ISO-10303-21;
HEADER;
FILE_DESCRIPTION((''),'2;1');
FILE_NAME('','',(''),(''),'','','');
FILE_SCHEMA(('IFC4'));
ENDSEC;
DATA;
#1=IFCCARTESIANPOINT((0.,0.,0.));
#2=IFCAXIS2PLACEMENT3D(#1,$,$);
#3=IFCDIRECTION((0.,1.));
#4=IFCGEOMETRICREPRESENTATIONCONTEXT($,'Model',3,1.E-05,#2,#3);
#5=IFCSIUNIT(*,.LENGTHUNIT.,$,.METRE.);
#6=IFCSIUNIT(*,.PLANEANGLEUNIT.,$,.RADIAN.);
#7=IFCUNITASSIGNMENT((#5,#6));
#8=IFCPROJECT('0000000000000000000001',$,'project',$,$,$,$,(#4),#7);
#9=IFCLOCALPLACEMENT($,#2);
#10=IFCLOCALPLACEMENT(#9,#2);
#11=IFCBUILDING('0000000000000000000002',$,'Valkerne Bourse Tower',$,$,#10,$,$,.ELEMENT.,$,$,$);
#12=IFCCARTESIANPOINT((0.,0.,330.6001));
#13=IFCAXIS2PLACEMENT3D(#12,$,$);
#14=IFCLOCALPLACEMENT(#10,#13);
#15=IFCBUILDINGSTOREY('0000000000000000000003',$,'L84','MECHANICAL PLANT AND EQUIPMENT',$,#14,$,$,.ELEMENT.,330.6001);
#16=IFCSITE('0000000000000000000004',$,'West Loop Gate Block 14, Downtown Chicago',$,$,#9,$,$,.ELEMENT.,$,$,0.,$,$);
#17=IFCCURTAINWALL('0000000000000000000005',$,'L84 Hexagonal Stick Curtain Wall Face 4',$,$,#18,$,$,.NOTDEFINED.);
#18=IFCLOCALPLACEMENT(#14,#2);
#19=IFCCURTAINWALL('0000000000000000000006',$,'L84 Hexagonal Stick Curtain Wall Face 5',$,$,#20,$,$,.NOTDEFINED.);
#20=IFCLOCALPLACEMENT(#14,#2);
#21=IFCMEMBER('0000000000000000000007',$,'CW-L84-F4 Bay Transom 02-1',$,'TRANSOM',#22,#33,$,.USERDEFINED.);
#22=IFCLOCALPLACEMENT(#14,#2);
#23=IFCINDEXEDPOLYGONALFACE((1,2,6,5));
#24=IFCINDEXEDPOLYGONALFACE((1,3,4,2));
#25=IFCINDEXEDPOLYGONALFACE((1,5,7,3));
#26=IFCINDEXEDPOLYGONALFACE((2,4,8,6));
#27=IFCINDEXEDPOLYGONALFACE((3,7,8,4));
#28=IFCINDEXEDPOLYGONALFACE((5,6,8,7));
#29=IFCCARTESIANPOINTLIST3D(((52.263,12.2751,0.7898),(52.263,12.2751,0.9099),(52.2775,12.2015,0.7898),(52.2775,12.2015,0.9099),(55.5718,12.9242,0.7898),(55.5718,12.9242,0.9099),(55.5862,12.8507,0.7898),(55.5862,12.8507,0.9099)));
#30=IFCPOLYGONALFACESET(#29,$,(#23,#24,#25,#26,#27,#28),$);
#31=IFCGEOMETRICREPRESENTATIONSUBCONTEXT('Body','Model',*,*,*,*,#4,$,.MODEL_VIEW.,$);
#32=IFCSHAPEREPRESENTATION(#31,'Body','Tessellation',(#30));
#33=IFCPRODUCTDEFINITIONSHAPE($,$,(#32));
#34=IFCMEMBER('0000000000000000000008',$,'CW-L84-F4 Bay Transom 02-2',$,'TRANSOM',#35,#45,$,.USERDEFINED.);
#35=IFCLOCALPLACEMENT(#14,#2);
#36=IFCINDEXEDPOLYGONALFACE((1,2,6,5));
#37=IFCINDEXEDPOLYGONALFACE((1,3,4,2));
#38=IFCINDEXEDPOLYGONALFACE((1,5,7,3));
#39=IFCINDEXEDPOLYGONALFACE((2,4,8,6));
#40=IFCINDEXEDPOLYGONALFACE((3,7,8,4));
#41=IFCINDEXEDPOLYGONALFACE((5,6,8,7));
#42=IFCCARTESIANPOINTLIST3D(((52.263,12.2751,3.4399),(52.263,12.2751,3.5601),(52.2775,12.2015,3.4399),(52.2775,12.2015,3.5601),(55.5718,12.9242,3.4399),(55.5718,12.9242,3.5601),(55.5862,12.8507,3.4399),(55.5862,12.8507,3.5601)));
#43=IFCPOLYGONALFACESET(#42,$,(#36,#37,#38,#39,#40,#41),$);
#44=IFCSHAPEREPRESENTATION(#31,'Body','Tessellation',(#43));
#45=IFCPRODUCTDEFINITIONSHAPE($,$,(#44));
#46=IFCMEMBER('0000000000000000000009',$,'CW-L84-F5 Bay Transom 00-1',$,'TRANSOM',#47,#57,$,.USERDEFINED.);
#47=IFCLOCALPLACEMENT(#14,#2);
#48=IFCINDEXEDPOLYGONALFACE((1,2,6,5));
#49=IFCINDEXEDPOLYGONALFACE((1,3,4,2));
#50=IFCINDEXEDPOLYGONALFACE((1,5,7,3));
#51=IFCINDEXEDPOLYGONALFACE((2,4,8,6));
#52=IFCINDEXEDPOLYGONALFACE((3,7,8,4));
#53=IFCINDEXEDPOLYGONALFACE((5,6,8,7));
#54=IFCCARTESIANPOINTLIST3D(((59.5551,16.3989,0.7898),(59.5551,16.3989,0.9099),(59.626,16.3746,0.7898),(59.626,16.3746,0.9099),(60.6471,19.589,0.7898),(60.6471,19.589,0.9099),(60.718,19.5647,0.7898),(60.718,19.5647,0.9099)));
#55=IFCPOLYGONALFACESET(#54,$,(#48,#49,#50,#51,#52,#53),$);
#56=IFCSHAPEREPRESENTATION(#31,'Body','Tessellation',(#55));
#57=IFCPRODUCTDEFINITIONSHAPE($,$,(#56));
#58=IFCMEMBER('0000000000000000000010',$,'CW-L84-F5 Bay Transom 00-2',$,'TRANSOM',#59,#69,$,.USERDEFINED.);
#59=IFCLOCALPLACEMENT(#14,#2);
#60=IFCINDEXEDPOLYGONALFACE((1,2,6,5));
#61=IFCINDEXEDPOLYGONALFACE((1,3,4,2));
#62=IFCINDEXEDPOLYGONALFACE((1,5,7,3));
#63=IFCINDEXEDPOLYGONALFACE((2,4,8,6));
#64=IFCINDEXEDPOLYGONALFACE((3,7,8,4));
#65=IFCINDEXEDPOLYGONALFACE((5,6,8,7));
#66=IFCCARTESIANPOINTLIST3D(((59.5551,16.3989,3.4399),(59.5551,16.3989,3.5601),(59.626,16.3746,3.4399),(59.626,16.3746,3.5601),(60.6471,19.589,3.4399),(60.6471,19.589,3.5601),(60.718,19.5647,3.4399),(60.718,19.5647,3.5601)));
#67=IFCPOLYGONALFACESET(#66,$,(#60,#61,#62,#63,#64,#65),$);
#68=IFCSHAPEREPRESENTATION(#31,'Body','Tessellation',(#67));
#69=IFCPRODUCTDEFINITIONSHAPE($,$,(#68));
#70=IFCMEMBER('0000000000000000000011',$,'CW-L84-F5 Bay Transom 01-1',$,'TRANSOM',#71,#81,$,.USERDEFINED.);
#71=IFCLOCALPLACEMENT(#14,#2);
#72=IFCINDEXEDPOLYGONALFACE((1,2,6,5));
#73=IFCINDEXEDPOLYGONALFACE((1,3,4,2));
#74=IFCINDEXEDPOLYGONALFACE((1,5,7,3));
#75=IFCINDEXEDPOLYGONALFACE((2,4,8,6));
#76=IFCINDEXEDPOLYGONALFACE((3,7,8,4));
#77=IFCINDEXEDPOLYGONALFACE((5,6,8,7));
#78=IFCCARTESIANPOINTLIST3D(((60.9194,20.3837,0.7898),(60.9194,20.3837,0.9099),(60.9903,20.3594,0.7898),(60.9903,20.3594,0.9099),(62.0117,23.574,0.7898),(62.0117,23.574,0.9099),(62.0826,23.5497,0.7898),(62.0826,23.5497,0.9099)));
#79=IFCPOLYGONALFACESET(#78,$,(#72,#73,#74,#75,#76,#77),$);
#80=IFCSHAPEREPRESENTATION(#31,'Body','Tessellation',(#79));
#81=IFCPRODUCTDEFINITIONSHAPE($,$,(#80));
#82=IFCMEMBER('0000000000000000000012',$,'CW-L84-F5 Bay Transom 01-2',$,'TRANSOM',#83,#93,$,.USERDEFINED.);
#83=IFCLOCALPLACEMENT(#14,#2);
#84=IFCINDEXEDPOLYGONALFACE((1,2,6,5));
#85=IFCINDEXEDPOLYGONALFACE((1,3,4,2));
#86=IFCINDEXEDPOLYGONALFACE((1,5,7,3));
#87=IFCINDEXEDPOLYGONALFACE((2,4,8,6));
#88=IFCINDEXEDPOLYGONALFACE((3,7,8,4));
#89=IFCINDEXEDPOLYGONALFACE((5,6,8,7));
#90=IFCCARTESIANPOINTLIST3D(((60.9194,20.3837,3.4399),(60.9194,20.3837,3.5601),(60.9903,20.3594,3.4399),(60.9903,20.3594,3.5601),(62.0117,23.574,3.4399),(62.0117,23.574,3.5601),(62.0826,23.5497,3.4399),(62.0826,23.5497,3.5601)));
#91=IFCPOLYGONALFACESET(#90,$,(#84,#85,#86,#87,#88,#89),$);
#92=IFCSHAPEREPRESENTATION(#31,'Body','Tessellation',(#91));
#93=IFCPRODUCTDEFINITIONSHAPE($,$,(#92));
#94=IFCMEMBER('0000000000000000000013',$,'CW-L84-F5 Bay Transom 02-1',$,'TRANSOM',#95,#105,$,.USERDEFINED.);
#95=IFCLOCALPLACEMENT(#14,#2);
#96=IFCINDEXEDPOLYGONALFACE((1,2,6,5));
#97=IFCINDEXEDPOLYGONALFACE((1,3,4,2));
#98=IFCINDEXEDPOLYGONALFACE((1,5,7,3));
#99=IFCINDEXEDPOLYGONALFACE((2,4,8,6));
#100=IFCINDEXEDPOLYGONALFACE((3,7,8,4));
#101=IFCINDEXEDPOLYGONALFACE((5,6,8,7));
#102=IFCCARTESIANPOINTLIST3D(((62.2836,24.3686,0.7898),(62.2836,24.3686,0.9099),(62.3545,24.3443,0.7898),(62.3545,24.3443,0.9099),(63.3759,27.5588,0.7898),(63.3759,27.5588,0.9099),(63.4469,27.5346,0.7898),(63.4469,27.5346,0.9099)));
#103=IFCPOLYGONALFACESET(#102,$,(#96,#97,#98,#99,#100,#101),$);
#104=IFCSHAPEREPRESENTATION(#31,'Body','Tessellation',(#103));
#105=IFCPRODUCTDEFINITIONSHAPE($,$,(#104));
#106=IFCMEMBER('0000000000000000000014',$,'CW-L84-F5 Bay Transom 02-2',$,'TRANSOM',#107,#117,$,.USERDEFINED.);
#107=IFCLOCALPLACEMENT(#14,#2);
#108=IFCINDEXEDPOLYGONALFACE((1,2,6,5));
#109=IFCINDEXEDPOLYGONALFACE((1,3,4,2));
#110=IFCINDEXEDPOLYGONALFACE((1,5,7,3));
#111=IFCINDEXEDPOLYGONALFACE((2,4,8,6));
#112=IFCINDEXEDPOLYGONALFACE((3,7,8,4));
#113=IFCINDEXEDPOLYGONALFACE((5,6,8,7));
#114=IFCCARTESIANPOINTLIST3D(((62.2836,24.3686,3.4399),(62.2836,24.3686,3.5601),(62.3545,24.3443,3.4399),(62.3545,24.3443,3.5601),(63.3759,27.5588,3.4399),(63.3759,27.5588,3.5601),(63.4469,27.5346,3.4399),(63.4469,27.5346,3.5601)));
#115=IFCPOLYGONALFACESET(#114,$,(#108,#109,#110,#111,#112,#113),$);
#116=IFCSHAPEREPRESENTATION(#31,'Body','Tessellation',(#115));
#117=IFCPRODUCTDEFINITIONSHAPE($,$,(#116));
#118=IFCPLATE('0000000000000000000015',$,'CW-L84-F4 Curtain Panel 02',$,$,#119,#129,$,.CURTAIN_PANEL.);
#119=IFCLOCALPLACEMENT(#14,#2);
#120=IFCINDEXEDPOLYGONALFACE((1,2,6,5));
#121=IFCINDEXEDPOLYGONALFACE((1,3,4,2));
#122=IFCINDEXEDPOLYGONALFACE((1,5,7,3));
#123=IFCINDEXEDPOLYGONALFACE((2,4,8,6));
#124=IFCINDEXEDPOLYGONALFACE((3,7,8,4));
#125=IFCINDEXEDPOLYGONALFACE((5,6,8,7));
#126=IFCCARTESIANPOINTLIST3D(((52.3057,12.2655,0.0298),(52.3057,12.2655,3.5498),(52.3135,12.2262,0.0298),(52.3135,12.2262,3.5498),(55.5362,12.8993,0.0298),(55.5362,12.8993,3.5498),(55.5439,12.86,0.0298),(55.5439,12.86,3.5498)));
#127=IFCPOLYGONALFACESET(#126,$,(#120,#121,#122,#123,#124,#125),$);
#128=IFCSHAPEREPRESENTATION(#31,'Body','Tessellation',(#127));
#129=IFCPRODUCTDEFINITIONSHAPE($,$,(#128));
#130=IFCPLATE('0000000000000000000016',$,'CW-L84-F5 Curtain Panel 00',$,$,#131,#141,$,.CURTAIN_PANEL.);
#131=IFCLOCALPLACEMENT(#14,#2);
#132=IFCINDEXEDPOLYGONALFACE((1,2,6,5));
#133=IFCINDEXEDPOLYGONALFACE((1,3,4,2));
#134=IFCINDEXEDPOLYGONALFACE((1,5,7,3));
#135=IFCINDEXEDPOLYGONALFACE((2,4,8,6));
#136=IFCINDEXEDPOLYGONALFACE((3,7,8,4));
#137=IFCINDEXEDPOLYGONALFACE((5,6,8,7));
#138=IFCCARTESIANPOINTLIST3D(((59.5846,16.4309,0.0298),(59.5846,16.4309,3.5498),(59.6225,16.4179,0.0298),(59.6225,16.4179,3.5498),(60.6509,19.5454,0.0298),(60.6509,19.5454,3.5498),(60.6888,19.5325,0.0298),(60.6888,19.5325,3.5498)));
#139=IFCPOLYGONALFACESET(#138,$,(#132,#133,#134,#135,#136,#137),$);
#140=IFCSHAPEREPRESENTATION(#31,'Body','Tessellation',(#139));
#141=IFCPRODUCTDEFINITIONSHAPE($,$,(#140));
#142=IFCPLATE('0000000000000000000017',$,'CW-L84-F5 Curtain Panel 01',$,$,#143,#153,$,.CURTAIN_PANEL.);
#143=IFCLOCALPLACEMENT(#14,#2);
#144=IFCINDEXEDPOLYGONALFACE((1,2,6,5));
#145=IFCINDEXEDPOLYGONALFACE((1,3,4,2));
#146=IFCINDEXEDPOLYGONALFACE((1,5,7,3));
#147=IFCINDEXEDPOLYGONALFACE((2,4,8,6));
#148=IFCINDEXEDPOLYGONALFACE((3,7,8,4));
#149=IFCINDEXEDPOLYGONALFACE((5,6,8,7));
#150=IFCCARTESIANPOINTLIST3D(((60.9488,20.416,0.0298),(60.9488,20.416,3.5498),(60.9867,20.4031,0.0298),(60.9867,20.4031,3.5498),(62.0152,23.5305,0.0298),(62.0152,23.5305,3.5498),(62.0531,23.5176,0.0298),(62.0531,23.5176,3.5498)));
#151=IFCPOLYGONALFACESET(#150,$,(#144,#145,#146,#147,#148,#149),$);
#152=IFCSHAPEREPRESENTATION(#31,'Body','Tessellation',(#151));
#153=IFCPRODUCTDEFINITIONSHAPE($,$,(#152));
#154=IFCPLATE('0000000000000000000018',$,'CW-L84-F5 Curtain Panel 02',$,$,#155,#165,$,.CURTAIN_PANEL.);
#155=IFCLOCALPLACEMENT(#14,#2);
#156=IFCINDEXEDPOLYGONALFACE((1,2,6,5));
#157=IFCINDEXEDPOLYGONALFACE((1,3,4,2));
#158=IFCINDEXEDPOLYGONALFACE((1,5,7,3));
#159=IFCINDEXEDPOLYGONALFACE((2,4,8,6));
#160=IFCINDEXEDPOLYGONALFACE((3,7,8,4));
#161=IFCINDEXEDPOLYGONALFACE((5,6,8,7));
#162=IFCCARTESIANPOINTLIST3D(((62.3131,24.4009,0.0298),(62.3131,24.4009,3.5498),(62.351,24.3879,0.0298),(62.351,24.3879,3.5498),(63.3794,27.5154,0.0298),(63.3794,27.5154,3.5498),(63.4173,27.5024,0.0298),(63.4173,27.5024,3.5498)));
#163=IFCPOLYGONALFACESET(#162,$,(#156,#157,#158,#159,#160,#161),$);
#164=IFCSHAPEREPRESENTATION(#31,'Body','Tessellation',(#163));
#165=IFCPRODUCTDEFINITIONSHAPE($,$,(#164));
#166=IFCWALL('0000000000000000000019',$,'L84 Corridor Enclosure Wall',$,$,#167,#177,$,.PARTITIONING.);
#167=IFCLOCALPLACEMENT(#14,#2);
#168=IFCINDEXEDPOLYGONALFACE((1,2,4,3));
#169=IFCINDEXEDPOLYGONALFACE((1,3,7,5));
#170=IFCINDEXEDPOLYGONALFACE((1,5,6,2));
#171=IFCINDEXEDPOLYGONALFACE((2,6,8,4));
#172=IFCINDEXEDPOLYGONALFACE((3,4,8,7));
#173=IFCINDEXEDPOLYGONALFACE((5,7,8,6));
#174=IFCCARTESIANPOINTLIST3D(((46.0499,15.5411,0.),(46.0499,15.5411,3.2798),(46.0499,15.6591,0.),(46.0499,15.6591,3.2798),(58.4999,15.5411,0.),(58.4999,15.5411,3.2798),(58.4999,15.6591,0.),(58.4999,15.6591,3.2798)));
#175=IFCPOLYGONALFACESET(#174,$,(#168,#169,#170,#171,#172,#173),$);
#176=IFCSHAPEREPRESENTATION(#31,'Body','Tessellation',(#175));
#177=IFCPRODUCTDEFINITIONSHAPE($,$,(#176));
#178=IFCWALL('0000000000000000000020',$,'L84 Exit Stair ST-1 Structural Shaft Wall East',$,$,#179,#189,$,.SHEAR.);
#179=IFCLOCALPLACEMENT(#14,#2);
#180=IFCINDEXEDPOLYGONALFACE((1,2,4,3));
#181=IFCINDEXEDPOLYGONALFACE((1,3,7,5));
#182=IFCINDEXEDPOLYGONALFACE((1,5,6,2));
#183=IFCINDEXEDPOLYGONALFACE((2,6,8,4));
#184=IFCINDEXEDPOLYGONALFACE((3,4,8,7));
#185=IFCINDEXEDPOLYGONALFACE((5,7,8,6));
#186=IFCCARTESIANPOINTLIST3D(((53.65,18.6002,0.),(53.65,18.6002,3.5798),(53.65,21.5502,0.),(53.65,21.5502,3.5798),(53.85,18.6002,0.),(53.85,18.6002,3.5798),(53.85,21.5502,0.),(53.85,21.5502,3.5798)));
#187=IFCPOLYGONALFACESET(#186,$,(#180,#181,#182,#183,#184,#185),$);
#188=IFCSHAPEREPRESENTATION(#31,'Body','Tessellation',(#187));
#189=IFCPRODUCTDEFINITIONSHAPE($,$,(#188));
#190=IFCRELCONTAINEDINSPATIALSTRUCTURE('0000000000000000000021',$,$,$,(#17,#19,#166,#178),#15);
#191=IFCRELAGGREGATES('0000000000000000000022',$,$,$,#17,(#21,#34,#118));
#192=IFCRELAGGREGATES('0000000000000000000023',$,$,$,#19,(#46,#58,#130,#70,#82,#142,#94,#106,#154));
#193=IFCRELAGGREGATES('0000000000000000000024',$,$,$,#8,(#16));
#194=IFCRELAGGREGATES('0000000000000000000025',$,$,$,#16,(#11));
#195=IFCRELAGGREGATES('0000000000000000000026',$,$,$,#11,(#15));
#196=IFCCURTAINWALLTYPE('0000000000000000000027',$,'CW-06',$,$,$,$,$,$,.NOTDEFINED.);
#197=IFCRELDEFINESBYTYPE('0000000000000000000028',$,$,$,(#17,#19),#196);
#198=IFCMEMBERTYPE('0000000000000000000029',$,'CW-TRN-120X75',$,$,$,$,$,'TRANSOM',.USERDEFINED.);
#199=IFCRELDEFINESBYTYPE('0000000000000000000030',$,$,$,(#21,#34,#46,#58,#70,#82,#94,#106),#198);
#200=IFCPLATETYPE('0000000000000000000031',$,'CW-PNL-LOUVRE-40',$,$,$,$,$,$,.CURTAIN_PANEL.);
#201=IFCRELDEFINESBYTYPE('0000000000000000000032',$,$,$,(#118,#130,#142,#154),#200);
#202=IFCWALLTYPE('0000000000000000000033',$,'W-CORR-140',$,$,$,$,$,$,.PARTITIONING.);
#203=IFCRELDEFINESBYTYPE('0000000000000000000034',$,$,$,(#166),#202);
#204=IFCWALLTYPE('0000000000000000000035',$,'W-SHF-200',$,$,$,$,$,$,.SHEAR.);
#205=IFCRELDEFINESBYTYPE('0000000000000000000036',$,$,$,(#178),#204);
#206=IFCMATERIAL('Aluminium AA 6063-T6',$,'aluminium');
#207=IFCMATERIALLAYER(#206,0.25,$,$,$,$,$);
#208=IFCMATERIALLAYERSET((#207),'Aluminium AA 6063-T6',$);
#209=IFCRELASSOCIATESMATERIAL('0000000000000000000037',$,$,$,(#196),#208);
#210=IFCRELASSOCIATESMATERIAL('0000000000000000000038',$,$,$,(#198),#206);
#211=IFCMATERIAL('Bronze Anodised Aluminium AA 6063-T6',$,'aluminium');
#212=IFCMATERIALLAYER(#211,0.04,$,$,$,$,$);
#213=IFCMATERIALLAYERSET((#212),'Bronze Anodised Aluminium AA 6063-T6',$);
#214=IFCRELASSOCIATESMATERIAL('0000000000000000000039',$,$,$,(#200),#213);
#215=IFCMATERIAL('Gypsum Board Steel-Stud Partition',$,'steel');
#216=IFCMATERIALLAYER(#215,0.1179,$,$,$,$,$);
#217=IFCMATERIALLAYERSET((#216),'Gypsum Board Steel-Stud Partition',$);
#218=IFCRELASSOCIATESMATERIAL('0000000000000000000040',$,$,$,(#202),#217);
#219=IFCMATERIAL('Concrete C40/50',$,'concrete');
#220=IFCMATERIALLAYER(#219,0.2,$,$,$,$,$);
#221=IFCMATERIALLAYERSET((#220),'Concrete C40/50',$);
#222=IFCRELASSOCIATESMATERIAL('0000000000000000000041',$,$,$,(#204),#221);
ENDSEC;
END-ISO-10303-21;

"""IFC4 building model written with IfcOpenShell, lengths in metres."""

from ifc_helpers import new_model, si_unit, direction, frame, frame_2d, origin, origin_2d, place, context, subcontext, project, spatial, rectangle, extrude, material, layer, layer_set, material_profile, profile_set, type_object, element, aggregate, save


model = new_model("IFC4")

# Units and contexts
model_context = context("Model", 3, precision=1e-05, world=origin(), true_north=direction((0.0, 1.0)))
body_context = subcontext(model_context, "Body", "Model", "MODEL_VIEW")
ifc_project = project(units=[si_unit("LENGTHUNIT", "METRE"), si_unit("PLANEANGLEUNIT", "RADIAN")], contexts=[model_context])

# Site, building, storey
site_placement = place(None, origin())
site = spatial("IfcSite", under=ifc_project, at=site_placement, Name="West Loop Gate Block 14, Downtown Chicago", CompositionType="ELEMENT", RefElevation=0.0)
building_placement = place(site_placement, origin())
building = spatial("IfcBuilding", under=site, at=building_placement, Name="Valkerne Bourse Tower", CompositionType="ELEMENT")
storey_placement = place(building_placement, frame((0.0, 0.0, 330.6001)))
storey = spatial("IfcBuildingStorey", under=building, at=storey_placement, Name="L84", Description="MECHANICAL PLANT AND EQUIPMENT", CompositionType="ELEMENT", Elevation=330.6001)

# Curtain walls
ifc_material_1 = material(Name="Aluminium AA 6063-T6", Category="aluminium")
ifc_layer_1 = layer(ifc_material_1, 0.25)
ifc_layer_set_1 = layer_set([ifc_layer_1], Name="Aluminium AA 6063-T6")
curtain_wall_type = type_object("IfcCurtainWallType", Name="CW-06", PredefinedType="NOTDEFINED", material=ifc_layer_set_1)
curtain_wall_1_placement = place(storey_placement, origin())
curtain_wall_1 = element("IfcCurtainWall", 1, at=curtain_wall_1_placement, inside=storey, type_object=curtain_wall_type, Name="L84 Hexagonal Stick Curtain Wall Face 4", PredefinedType="NOTDEFINED")
curtain_wall_2_placement = place(storey_placement, origin())
curtain_wall_2 = element("IfcCurtainWall", 2, at=curtain_wall_2_placement, inside=storey, type_object=curtain_wall_type, Name="L84 Hexagonal Stick Curtain Wall Face 5", PredefinedType="NOTDEFINED")

# Members
ifc_material_profile_1 = material_profile(ifc_material_1, rectangle(XDim=0.075, YDim=0.1201, at=origin_2d()), Name="CWT-75X120")
ifc_profile_set_1 = profile_set([ifc_material_profile_1], Name="Aluminium AA 6063-T6")
member_type_1 = type_object("IfcMemberType", Name="CW-TRN-120X75", ElementType="TRANSOM", PredefinedType="USERDEFINED", material=ifc_profile_set_1)
member_1_placement = place(storey_placement, frame((52.2703, 12.2383, 0.8499), z_axis=(0.981293, 0.192522, 0.0), x_axis=(-0.192522, 0.981293, 0.0)))
member_1 = element("IfcMember", 3, at=member_1_placement, type_object=member_type_1, Name="CW-L84-F4 Bay Transom 02-1", ObjectType="TRANSOM", PredefinedType="USERDEFINED", context=body_context, shape_type="SweptSolid", body=[
    extrude(rectangle(XDim=0.075, YDim=0.1201, at=origin_2d()), origin(), (0.0, 0.0, 1.0), 3.3718),
])
member_2_placement = place(storey_placement, frame((52.2703, 12.2383, 3.5), z_axis=(0.981293, 0.192522, 0.0), x_axis=(-0.192522, 0.981293, 0.0)))
member_2 = element("IfcMember", 4, at=member_2_placement, type_object=member_type_1, Name="CW-L84-F4 Bay Transom 02-2", ObjectType="TRANSOM", PredefinedType="USERDEFINED", context=body_context, shape_type="SweptSolid", body=[
    extrude(rectangle(XDim=0.075, YDim=0.1201, at=origin_2d()), origin(), (0.0, 0.0, 1.0), 3.3718),
])
member_3_placement = place(storey_placement, frame((59.5906, 16.3867, 0.8499), z_axis=(0.323863, 0.946104, 0.0), x_axis=(-0.946104, 0.323863, 0.0)))
member_3 = element("IfcMember", 5, at=member_3_placement, type_object=member_type_1, Name="CW-L84-F5 Bay Transom 00-1", ObjectType="TRANSOM", PredefinedType="USERDEFINED", context=body_context, shape_type="SweptSolid", body=[
    extrude(rectangle(XDim=0.075, YDim=0.1201, at=origin_2d()), origin(), (0.0, 0.0, 1.0), 3.3718),
])
member_4_placement = place(storey_placement, frame((59.5906, 16.3867, 3.5), z_axis=(0.323863, 0.946104, 0.0), x_axis=(-0.946104, 0.323863, 0.0)))
member_4 = element("IfcMember", 6, at=member_4_placement, type_object=member_type_1, Name="CW-L84-F5 Bay Transom 00-2", ObjectType="TRANSOM", PredefinedType="USERDEFINED", context=body_context, shape_type="SweptSolid", body=[
    extrude(rectangle(XDim=0.075, YDim=0.1201, at=origin_2d()), origin(), (0.0, 0.0, 1.0), 3.3718),
])
member_5_placement = place(storey_placement, frame((60.9548, 20.3716, 0.8499), z_axis=(0.323928, 0.946082, 0.0), x_axis=(-0.946082, 0.323928, 0.0)))
member_5 = element("IfcMember", 7, at=member_5_placement, type_object=member_type_1, Name="CW-L84-F5 Bay Transom 01-1", ObjectType="TRANSOM", PredefinedType="USERDEFINED", context=body_context, shape_type="SweptSolid", body=[
    extrude(rectangle(XDim=0.075, YDim=0.1201, at=origin_2d()), origin(), (0.0, 0.0, 1.0), 3.3721),
])
member_6_placement = place(storey_placement, frame((60.9548, 20.3716, 3.5), z_axis=(0.323928, 0.946082, 0.0), x_axis=(-0.946082, 0.323928, 0.0)))
member_6 = element("IfcMember", 8, at=member_6_placement, type_object=member_type_1, Name="CW-L84-F5 Bay Transom 01-2", ObjectType="TRANSOM", PredefinedType="USERDEFINED", context=body_context, shape_type="SweptSolid", body=[
    extrude(rectangle(XDim=0.075, YDim=0.1201, at=origin_2d()), origin(), (0.0, 0.0, 1.0), 3.3721),
])
member_7_placement = place(storey_placement, frame((62.3191, 24.3564, 0.8499), z_axis=(0.323928, 0.946082, 0.0), x_axis=(-0.946082, 0.323928, 0.0)))
member_7 = element("IfcMember", 9, at=member_7_placement, type_object=member_type_1, Name="CW-L84-F5 Bay Transom 02-1", ObjectType="TRANSOM", PredefinedType="USERDEFINED", context=body_context, shape_type="SweptSolid", body=[
    extrude(rectangle(XDim=0.075, YDim=0.1201, at=origin_2d()), origin(), (0.0, 0.0, 1.0), 3.3721),
])
member_8_placement = place(storey_placement, frame((62.3191, 24.3564, 3.5), z_axis=(0.323928, 0.946082, 0.0), x_axis=(-0.946082, 0.323928, 0.0)))
member_8 = element("IfcMember", 10, at=member_8_placement, type_object=member_type_1, Name="CW-L84-F5 Bay Transom 02-2", ObjectType="TRANSOM", PredefinedType="USERDEFINED", context=body_context, shape_type="SweptSolid", body=[
    extrude(rectangle(XDim=0.075, YDim=0.1201, at=origin_2d()), origin(), (0.0, 0.0, 1.0), 3.3721),
])

# Plates
ifc_material_2 = material(Name="Bronze Anodised Aluminium AA 6063-T6", Category="aluminium")
ifc_layer_2 = layer(ifc_material_2, 0.04)
ifc_layer_set_2 = layer_set([ifc_layer_2], Name="Bronze Anodised Aluminium AA 6063-T6")
plate_type = type_object("IfcPlateType", Name="CW-PNL-LOUVRE-40", PredefinedType="CURTAIN_PANEL", material=ifc_layer_set_2)
plate_1_placement = place(storey_placement, frame((53.9248, 12.5627, 0.0298), z_axis=(0.0, 0.0, 1.0), x_axis=(0.981293, 0.192522, 0.0)))
plate_1 = element("IfcPlate", 11, at=plate_1_placement, type_object=plate_type, Name="CW-L84-F4 Curtain Panel 02", PredefinedType="CURTAIN_PANEL", context=body_context, shape_type="SweptSolid", body=[
    extrude(rectangle(XDim=3.292, YDim=0.04, at=origin_2d()), origin(), (0.0, 0.0, 1.0), 3.52),
])
aggregate(curtain_wall_1, [member_1, member_2, plate_1])
plate_2_placement = place(storey_placement, frame((60.1367, 17.9817, 0.0298), z_axis=(0.0, 0.0, 1.0), x_axis=(0.32391, 0.946088, 0.0)))
plate_2 = element("IfcPlate", 12, at=plate_2_placement, type_object=plate_type, Name="CW-L84-F5 Curtain Panel 00", PredefinedType="CURTAIN_PANEL", context=body_context, shape_type="SweptSolid", body=[
    extrude(rectangle(XDim=3.292, YDim=0.04, at=origin_2d()), origin(), (0.0, 0.0, 1.0), 3.52),
])
plate_3_placement = place(storey_placement, frame((61.501, 21.9668, 0.0298), z_axis=(0.0, 0.0, 1.0), x_axis=(0.323931, 0.946081, 0.0)))
plate_3 = element("IfcPlate", 13, at=plate_3_placement, type_object=plate_type, Name="CW-L84-F5 Curtain Panel 01", PredefinedType="CURTAIN_PANEL", context=body_context, shape_type="SweptSolid", body=[
    extrude(rectangle(XDim=3.292, YDim=0.04, at=origin_2d()), origin(), (0.0, 0.0, 1.0), 3.52),
])
plate_4_placement = place(storey_placement, frame((62.8652, 25.9517, 0.0298), z_axis=(0.0, 0.0, 1.0), x_axis=(0.32391, 0.946088, 0.0)))
plate_4 = element("IfcPlate", 14, at=plate_4_placement, type_object=plate_type, Name="CW-L84-F5 Curtain Panel 02", PredefinedType="CURTAIN_PANEL", context=body_context, shape_type="SweptSolid", body=[
    extrude(rectangle(XDim=3.292, YDim=0.04, at=origin_2d()), origin(), (0.0, 0.0, 1.0), 3.52),
])
aggregate(curtain_wall_2, [member_3, member_4, plate_2, member_5, member_6, plate_3, member_7, member_8, plate_4])

# Wall
ifc_material_3 = material(Name="Gypsum Board Steel-Stud Partition", Category="steel")
ifc_layer_3 = layer(ifc_material_3, 0.1179)
ifc_layer_set_3 = layer_set([ifc_layer_3], Name="Gypsum Board Steel-Stud Partition")
wall_type_1 = type_object("IfcWallType", Name="W-CORR-140", PredefinedType="PARTITIONING", material=ifc_layer_set_3)
wall_1_placement = place(storey_placement, frame((58.5, 15.6001, 0.0), z_axis=(0.0, 0.0, 1.0), x_axis=(-1.0, 0.0, 0.0)))
element("IfcWall", 15, at=wall_1_placement, inside=storey, type_object=wall_type_1, Name="L84 Corridor Enclosure Wall", PredefinedType="PARTITIONING", context=body_context, shape_type="SweptSolid", body=[
    extrude(rectangle(XDim=12.45, YDim=0.1179, at=frame_2d((6.2251, 0.0))), origin(), (0.0, 0.0, 1.0), 3.2798),
])

# Wall
ifc_material_4 = material(Name="Concrete C40/50", Category="concrete")
ifc_layer_4 = layer(ifc_material_4, 0.2)
ifc_layer_set_4 = layer_set([ifc_layer_4], Name="Concrete C40/50")
wall_type_2 = type_object("IfcWallType", Name="W-SHF-200", PredefinedType="SHEAR", material=ifc_layer_set_4)
wall_2_placement = place(storey_placement, frame((53.75, 18.6001, 0.0), z_axis=(0.0, 0.0, 1.0), x_axis=(0.0, 1.0, 0.0)))
element("IfcWall", 16, at=wall_2_placement, inside=storey, type_object=wall_type_2, Name="L84 Exit Stair ST-1 Structural Shaft Wall East", PredefinedType="SHEAR", context=body_context, shape_type="SweptSolid", body=[
    extrude(rectangle(XDim=2.95, YDim=0.2, at=frame_2d((1.4751, 0.0))), origin(), (0.0, 0.0, 1.0), 3.5798),
])

save(model, "model.ifc")
